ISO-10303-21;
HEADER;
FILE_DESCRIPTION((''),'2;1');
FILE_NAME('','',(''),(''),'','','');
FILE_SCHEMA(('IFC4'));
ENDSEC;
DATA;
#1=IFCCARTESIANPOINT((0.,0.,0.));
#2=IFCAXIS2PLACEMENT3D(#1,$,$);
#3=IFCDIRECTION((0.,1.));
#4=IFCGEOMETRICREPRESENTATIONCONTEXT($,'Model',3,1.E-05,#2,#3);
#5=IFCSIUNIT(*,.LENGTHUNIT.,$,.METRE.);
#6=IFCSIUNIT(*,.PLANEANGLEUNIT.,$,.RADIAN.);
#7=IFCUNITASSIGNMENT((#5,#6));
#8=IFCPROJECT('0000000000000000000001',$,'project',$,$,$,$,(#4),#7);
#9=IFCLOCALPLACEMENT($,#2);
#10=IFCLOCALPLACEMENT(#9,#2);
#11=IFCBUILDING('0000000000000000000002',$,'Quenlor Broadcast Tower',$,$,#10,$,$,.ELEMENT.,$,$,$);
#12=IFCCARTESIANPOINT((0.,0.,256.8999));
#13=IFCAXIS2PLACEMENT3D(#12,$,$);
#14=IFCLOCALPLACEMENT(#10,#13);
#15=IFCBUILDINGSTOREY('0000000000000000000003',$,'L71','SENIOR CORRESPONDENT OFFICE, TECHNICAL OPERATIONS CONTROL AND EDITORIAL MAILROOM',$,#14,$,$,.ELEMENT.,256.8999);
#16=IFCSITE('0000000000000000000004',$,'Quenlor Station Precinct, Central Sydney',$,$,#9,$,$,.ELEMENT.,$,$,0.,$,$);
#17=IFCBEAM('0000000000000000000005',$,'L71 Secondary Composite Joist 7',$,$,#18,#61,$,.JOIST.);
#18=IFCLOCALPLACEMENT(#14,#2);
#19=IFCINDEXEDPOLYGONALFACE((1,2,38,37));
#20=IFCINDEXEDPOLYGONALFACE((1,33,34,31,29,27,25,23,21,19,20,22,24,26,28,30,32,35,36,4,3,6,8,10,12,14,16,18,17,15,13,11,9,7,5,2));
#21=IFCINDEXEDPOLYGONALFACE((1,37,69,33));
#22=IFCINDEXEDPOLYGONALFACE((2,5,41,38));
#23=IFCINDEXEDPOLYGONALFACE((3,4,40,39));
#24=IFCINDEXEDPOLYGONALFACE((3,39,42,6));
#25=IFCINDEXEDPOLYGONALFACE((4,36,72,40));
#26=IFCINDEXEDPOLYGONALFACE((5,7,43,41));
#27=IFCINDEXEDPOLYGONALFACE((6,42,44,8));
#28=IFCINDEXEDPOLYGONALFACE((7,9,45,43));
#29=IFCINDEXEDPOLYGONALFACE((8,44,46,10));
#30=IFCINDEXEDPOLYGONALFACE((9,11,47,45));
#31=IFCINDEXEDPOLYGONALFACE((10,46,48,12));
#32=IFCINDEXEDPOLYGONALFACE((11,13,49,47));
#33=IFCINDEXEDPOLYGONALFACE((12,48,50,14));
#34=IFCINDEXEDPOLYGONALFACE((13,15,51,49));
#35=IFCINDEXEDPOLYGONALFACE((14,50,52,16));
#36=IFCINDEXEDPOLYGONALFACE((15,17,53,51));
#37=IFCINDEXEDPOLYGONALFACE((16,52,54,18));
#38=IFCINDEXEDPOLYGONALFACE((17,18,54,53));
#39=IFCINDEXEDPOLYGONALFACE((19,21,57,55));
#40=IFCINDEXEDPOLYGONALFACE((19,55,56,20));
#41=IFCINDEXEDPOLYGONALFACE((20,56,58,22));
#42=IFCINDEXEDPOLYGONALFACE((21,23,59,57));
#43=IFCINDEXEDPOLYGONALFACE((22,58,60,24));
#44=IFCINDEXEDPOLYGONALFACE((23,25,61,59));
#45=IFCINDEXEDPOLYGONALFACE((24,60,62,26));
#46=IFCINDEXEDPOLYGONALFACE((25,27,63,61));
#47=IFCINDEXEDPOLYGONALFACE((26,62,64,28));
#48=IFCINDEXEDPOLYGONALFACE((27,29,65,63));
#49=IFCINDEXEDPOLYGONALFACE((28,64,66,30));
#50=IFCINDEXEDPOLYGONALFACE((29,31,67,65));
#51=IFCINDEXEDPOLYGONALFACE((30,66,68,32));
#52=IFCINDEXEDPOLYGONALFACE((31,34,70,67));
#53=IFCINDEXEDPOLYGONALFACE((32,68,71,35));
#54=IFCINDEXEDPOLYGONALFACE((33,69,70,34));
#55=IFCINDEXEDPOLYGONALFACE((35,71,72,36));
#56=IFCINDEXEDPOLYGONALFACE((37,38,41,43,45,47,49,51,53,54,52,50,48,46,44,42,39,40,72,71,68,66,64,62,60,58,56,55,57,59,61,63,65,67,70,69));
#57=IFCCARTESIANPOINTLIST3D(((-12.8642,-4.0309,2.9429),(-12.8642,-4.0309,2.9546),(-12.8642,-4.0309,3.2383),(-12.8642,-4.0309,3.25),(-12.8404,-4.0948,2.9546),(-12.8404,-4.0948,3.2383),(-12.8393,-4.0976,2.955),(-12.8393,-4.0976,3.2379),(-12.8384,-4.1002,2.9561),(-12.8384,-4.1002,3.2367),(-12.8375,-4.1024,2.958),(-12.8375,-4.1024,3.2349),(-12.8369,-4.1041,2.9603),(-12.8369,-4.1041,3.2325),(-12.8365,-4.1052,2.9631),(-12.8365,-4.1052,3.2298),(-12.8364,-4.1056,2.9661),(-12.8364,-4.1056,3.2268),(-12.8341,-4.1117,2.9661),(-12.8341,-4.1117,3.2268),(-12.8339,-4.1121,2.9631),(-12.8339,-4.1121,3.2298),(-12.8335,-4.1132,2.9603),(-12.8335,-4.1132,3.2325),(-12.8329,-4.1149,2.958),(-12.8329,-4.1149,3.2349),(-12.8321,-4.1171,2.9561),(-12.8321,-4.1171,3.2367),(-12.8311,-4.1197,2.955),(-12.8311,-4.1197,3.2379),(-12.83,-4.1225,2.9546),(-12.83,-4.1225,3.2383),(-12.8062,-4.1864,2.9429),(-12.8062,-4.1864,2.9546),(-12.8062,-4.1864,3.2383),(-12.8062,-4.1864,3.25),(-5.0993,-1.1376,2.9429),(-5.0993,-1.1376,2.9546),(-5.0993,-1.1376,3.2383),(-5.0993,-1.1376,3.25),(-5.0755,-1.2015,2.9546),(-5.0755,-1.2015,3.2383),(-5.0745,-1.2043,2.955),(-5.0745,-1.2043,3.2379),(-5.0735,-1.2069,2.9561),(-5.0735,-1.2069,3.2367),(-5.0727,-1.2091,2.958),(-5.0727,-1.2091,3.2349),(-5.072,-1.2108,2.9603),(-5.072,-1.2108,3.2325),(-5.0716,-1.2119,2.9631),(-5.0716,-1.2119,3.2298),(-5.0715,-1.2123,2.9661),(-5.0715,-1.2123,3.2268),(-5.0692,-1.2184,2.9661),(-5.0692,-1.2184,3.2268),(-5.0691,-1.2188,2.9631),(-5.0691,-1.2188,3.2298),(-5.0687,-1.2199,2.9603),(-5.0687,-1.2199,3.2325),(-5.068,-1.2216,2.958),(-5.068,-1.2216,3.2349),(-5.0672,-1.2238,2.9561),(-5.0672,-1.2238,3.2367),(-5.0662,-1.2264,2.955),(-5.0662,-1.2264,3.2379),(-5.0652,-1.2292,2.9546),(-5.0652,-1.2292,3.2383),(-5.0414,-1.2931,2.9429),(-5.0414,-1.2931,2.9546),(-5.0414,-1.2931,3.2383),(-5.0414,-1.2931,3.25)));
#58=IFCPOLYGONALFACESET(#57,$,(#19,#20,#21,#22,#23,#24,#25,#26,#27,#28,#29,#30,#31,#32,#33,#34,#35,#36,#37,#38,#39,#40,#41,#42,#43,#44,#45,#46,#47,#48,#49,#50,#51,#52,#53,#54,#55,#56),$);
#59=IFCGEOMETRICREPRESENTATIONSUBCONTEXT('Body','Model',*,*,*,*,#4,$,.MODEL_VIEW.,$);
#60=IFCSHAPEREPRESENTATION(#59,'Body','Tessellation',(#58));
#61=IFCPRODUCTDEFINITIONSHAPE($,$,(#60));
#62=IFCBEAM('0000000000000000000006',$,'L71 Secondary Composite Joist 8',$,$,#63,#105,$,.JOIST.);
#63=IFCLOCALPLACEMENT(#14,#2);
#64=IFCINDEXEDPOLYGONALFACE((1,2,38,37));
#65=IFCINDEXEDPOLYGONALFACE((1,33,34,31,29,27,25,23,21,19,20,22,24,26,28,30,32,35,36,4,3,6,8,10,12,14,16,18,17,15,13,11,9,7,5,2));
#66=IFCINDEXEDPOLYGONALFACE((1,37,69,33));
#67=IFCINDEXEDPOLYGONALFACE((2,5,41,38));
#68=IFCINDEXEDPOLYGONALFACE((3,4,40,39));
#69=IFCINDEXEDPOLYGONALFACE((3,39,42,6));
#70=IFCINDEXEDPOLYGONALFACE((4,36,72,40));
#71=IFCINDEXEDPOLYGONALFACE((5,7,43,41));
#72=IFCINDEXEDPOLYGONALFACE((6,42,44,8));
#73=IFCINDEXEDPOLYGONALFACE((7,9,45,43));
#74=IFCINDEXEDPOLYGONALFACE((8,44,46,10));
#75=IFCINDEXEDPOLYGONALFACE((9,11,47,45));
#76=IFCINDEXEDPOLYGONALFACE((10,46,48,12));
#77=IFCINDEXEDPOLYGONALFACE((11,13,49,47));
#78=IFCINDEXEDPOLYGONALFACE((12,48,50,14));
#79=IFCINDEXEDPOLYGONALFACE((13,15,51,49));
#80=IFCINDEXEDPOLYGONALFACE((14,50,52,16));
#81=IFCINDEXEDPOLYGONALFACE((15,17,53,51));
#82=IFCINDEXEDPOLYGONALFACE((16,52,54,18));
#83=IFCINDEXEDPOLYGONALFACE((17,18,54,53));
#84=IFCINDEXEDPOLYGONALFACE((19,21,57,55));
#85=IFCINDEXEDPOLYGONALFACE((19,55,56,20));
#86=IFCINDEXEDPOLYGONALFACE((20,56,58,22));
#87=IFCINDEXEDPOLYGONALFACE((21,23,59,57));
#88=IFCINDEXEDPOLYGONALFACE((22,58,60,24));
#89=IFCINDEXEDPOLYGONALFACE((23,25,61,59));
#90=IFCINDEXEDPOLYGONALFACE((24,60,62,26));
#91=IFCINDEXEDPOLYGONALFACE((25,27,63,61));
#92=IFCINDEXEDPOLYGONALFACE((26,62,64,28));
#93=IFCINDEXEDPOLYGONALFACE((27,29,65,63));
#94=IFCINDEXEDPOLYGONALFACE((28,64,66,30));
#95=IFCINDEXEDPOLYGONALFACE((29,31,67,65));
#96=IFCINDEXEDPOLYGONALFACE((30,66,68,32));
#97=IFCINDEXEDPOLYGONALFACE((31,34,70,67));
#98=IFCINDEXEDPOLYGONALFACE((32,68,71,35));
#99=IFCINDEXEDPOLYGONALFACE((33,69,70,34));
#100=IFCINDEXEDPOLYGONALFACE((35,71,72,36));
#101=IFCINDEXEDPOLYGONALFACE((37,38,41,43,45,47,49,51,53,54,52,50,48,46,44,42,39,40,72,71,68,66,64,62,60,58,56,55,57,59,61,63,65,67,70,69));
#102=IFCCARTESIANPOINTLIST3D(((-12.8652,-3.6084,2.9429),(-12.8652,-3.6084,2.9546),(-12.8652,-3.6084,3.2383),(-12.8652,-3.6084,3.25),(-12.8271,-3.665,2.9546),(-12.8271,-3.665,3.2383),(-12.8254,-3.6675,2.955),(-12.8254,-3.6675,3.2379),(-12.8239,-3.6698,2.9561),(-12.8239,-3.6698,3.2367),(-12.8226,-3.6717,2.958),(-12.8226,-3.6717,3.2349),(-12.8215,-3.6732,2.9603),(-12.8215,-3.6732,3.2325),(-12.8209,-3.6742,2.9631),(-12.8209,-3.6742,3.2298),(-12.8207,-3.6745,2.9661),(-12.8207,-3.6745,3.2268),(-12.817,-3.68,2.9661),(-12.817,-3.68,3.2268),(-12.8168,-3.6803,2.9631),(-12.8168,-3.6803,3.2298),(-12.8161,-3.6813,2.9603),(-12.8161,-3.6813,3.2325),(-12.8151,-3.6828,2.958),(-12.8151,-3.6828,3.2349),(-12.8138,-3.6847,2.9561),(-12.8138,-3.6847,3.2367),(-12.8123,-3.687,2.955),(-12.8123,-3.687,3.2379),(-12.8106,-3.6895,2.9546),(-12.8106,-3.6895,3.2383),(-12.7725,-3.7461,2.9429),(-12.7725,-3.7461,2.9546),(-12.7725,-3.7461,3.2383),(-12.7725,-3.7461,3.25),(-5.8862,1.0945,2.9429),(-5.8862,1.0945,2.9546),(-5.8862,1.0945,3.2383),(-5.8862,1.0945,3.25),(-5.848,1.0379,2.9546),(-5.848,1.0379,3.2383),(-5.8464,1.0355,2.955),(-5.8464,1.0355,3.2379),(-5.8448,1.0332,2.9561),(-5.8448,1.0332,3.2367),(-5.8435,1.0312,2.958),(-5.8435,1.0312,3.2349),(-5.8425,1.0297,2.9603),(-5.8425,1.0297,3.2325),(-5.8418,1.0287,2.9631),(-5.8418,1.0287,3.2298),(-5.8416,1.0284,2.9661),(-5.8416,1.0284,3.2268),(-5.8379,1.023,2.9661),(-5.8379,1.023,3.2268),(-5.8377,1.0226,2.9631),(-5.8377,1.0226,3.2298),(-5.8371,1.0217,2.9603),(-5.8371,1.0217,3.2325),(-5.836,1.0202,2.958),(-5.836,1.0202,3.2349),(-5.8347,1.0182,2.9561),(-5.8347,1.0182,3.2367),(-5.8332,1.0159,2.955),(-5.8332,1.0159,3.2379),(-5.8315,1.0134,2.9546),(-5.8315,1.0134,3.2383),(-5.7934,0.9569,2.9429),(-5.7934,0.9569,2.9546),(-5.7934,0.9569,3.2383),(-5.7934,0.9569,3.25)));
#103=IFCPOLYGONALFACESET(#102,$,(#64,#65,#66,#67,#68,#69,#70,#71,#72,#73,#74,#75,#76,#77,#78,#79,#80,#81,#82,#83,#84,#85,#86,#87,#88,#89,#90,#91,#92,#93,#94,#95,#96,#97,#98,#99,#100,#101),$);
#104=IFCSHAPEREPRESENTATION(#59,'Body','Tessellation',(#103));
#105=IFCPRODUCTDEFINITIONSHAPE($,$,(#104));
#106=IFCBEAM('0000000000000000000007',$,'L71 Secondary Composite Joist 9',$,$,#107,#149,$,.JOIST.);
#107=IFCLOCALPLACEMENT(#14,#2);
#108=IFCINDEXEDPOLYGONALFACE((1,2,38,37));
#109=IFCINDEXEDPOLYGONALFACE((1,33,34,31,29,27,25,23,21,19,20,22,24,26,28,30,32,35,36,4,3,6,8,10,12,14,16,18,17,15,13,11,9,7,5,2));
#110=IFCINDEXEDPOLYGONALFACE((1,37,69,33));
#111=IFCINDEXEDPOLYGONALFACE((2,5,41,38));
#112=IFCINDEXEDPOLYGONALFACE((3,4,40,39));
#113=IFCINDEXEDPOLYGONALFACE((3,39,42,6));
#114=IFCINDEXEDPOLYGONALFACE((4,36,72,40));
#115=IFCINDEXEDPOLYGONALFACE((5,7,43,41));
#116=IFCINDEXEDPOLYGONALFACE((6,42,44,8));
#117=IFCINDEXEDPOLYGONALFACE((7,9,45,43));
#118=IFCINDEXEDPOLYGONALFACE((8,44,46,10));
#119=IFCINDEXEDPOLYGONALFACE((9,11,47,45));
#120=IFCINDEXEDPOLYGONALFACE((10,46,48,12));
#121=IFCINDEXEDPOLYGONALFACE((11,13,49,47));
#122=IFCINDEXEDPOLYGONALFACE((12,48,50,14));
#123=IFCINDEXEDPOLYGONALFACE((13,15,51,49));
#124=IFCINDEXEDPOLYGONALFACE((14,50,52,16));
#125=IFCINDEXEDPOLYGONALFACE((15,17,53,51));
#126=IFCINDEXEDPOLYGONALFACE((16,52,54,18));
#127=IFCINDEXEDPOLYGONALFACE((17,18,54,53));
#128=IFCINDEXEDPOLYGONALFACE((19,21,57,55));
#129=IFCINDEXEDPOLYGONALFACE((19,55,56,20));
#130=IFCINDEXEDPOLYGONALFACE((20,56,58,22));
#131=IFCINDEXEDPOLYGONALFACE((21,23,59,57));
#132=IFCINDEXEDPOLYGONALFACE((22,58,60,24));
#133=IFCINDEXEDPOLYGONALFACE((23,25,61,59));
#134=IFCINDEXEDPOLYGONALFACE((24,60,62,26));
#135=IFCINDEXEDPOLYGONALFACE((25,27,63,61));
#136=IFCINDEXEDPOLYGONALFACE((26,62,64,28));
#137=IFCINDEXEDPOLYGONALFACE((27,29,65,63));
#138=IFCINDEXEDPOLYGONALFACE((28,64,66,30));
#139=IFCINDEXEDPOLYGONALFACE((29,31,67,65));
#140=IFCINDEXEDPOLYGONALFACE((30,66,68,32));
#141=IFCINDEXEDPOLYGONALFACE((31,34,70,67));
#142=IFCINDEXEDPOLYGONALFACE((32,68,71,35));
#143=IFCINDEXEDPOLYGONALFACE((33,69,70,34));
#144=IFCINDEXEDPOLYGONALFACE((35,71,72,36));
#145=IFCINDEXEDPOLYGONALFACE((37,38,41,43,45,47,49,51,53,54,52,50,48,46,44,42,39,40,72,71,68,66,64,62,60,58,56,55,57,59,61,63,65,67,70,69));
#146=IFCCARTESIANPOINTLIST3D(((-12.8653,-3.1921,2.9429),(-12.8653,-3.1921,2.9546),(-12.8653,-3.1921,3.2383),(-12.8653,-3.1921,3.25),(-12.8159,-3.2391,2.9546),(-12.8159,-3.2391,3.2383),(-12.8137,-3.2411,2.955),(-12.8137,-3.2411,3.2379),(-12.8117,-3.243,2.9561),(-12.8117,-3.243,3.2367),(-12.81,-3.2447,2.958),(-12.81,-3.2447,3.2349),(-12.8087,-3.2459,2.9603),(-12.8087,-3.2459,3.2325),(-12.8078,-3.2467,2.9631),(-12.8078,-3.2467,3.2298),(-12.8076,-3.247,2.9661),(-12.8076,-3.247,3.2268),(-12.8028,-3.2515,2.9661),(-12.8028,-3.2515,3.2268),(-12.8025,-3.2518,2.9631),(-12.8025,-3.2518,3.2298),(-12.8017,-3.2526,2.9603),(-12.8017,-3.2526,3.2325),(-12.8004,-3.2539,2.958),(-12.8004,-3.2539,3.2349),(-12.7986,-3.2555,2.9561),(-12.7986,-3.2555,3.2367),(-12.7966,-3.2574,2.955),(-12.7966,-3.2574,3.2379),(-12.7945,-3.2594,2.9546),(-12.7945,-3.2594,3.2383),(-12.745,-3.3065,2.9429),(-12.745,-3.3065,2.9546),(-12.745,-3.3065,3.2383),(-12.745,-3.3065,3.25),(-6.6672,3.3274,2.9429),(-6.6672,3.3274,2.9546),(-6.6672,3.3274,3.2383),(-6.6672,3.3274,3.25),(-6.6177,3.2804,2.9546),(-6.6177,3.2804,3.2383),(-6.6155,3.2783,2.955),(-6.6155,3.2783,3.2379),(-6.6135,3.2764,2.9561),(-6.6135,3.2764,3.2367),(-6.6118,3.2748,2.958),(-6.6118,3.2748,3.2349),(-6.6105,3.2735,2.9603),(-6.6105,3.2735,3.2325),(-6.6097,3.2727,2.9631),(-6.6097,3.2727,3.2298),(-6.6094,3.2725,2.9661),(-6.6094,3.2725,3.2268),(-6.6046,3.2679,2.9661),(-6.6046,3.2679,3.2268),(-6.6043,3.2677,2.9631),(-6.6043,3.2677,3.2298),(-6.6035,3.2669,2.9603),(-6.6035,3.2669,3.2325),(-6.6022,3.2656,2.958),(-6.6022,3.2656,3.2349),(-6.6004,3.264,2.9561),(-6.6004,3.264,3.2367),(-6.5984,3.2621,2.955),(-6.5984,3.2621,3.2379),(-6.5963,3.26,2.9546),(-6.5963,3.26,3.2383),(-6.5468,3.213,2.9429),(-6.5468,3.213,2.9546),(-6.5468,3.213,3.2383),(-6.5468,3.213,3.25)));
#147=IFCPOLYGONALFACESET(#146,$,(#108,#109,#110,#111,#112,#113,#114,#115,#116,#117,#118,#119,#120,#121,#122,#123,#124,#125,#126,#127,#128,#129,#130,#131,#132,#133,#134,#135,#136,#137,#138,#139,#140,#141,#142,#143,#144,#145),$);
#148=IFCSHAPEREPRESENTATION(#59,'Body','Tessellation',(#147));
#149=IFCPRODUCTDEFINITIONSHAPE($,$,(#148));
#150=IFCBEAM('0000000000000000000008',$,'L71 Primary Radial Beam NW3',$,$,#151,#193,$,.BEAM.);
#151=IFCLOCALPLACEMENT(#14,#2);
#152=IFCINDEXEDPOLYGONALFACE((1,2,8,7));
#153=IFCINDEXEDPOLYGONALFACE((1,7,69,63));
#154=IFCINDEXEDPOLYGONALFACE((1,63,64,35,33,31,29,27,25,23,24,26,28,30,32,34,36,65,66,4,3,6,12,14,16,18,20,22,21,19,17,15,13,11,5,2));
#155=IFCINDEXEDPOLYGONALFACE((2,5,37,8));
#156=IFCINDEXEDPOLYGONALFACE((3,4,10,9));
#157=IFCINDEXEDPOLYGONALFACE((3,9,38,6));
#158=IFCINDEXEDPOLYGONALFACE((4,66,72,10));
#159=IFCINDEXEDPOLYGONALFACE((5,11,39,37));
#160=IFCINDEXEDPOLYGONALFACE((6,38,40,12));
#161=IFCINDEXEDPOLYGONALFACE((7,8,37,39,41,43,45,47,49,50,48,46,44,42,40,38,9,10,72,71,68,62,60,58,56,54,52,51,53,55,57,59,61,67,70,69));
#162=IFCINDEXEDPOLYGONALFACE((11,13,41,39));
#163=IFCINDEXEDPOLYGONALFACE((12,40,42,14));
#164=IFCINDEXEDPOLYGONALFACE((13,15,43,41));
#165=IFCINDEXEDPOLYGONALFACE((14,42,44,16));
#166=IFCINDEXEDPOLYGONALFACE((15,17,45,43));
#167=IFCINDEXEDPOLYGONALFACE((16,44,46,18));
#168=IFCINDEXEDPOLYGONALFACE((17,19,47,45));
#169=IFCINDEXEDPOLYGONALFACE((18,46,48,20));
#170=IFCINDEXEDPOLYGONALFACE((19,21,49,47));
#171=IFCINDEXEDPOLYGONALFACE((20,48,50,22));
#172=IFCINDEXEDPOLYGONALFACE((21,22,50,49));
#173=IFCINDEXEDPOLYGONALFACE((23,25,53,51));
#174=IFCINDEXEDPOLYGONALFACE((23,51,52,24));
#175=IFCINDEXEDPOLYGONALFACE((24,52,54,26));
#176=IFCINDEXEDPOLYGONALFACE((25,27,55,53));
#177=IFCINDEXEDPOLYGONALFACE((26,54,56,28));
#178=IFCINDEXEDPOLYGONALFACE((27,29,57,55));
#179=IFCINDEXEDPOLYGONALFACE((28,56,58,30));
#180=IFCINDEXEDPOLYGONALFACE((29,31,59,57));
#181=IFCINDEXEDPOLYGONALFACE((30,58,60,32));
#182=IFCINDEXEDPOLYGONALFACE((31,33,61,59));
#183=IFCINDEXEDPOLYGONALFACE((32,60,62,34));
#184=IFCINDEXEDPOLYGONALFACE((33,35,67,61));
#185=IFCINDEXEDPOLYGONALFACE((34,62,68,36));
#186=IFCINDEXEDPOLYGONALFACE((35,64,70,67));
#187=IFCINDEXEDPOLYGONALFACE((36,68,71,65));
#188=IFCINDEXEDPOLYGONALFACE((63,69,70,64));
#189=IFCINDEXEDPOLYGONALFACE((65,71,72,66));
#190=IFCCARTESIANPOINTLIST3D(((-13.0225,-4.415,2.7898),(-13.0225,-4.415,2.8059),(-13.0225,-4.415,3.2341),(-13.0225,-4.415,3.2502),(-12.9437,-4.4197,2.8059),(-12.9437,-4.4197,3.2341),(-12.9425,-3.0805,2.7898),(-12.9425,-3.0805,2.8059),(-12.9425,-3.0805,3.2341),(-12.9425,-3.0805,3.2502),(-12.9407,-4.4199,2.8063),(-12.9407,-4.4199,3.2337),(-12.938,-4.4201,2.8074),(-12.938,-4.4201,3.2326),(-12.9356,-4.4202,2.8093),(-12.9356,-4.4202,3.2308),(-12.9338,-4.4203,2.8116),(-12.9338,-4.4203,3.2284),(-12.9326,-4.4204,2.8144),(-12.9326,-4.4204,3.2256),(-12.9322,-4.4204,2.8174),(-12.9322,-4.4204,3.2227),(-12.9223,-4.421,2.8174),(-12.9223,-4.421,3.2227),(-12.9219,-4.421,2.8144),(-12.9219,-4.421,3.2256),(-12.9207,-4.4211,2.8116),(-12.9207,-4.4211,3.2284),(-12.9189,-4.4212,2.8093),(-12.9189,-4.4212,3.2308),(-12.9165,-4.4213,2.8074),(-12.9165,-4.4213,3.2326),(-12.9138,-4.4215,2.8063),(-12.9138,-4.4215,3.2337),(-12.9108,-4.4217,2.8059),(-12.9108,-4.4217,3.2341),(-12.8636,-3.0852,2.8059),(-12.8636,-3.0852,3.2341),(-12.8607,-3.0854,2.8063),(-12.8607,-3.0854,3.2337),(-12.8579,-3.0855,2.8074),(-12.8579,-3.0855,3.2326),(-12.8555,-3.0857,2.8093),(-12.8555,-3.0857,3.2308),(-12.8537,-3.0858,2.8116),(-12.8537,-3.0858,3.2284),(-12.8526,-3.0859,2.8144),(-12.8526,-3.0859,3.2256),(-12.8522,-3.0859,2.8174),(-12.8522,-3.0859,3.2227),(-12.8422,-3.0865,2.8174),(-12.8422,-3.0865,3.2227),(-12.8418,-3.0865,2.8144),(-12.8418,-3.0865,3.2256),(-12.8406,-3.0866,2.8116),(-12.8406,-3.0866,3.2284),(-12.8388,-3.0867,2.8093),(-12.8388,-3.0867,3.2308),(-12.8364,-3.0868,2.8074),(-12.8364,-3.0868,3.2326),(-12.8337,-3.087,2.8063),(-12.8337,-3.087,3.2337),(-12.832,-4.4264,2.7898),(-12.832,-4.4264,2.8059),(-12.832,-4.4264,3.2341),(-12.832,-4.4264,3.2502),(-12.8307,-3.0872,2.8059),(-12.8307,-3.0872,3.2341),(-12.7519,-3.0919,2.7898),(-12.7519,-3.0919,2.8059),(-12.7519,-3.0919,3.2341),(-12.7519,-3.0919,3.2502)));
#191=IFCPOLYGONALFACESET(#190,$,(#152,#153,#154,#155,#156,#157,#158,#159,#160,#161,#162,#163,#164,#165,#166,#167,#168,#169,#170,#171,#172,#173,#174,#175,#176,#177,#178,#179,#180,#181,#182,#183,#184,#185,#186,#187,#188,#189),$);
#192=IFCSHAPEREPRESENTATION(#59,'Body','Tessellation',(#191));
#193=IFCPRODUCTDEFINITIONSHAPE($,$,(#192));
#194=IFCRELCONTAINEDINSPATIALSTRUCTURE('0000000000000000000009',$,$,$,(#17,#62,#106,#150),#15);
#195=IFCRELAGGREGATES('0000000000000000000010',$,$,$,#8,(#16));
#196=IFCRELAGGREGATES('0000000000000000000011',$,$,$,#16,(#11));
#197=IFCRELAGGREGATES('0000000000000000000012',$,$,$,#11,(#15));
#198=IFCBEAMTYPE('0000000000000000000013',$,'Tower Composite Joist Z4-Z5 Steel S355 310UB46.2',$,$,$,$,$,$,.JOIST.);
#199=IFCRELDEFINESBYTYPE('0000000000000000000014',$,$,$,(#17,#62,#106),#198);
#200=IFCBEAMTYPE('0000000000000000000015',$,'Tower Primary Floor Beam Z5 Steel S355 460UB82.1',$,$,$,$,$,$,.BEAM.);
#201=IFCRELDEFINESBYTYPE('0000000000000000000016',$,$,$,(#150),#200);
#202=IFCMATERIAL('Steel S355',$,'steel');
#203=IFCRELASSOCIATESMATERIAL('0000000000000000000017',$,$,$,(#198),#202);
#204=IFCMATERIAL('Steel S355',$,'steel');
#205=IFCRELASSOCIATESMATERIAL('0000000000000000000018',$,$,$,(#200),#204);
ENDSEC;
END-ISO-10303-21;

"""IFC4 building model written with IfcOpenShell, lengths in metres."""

from ifc_helpers import new_model, si_unit, direction, frame, origin, origin_2d, place, context, subcontext, project, spatial, i_section, extrude, material, material_profile, profile_set, type_object, element, save


model = new_model("IFC4")

# Units and contexts
model_context = context("Model", 3, precision=1e-05, world=origin(), true_north=direction((0.0, 1.0)))
body_context = subcontext(model_context, "Body", "Model", "MODEL_VIEW")
ifc_project = project(units=[si_unit("LENGTHUNIT", "METRE"), si_unit("PLANEANGLEUNIT", "RADIAN")], contexts=[model_context])

# Site, building, storey
site_placement = place(None, origin())
site = spatial("IfcSite", under=ifc_project, at=site_placement, Name="Quenlor Station Precinct, Central Sydney", CompositionType="ELEMENT", RefElevation=0.0)
building_placement = place(site_placement, origin())
building = spatial("IfcBuilding", under=site, at=building_placement, Name="Quenlor Broadcast Tower", CompositionType="ELEMENT")
storey_placement = place(building_placement, frame((0.0, 0.0, 256.8999)))
storey = spatial("IfcBuildingStorey", under=building, at=storey_placement, Name="L71", Description="SENIOR CORRESPONDENT OFFICE, TECHNICAL OPERATIONS CONTROL AND EDITORIAL MAILROOM", CompositionType="ELEMENT", Elevation=256.8999)

# Beams
ifc_material_1 = material(Name="Steel S355", Category="steel")
ifc_material_profile_1 = material_profile(ifc_material_1, i_section(OverallWidth=0.166, OverallDepth=0.3071, WebThickness=0.0066, FlangeThickness=0.0117, FilletRadius=0.0115, at=origin_2d()))
ifc_profile_set_1 = profile_set([ifc_material_profile_1], Name="Steel S355 310UB46.2")
beam_type_1 = type_object("IfcBeamType", Name="Tower Composite Joist Z4-Z5 Steel S355 310UB46.2", PredefinedType="JOIST", material=ifc_profile_set_1)
beam_1_placement = place(storey_placement, frame((-12.8352, -4.1086, 3.0964), z_axis=(0.937062, 0.349163, 0.0), x_axis=(-0.349163, 0.937062, 0.0)))
element("IfcBeam", 1, at=beam_1_placement, inside=storey, type_object=beam_type_1, Name="L71 Secondary Composite Joist 7", PredefinedType="JOIST", context=body_context, shape_type="SweptSolid", body=[
    extrude(i_section(OverallWidth=0.166, OverallDepth=0.3071, WebThickness=0.0066, FlangeThickness=0.0117, FilletRadius=0.0115, at=origin_2d()), origin(), (0.0, 0.0, 1.0), 8.2864),
])
beam_2_placement = place(storey_placement, frame((-12.8188, -3.6772, 3.0964), z_axis=(0.829286, 0.558824, 0.0), x_axis=(-0.558824, 0.829286, 0.0)))
element("IfcBeam", 2, at=beam_2_placement, inside=storey, type_object=beam_type_1, Name="L71 Secondary Composite Joist 8", PredefinedType="JOIST", context=body_context, shape_type="SweptSolid", body=[
    extrude(i_section(OverallWidth=0.166, OverallDepth=0.3071, WebThickness=0.0066, FlangeThickness=0.0117, FilletRadius=0.0115, at=origin_2d()), origin(), (0.0, 0.0, 1.0), 8.4158),
])
beam_3_placement = place(storey_placement, frame((-12.8052, -3.2493, 3.0964), z_axis=(0.689023, 0.724739, 0.0), x_axis=(-0.724739, 0.689023, 0.0)))
element("IfcBeam", 3, at=beam_3_placement, inside=storey, type_object=beam_type_1, Name="L71 Secondary Composite Joist 9", PredefinedType="JOIST", context=body_context, shape_type="SweptSolid", body=[
    extrude(i_section(OverallWidth=0.166, OverallDepth=0.3071, WebThickness=0.0066, FlangeThickness=0.0117, FilletRadius=0.0115, at=origin_2d()), origin(), (0.0, 0.0, 1.0), 8.9956),
])
ifc_material_2 = material(Name="Steel S355", Category="steel")
ifc_material_profile_2 = material_profile(ifc_material_2, i_section(OverallWidth=0.1909, OverallDepth=0.4604, WebThickness=0.01, FlangeThickness=0.0161, FilletRadius=0.0115, at=origin_2d()))
ifc_profile_set_2 = profile_set([ifc_material_profile_2], Name="Steel S355 460UB82.1")
beam_type_2 = type_object("IfcBeamType", Name="Tower Primary Floor Beam Z5 Steel S355 460UB82.1", PredefinedType="BEAM", material=ifc_profile_set_2)
beam_4_placement = place(storey_placement, frame((-12.8472, -3.0862, 3.02), z_axis=(-0.0599, -0.998204, 0.0), x_axis=(0.998204, -0.0599, 0.0)))
element("IfcBeam", 4, at=beam_4_placement, inside=storey, type_object=beam_type_2, Name="L71 Primary Radial Beam NW3", PredefinedType="BEAM", context=body_context, shape_type="SweptSolid", body=[
    extrude(i_section(OverallWidth=0.1909, OverallDepth=0.4604, WebThickness=0.01, FlangeThickness=0.0161, FilletRadius=0.0115, at=origin_2d()), origin(), (0.0, 0.0, 1.0), 1.3369),
])

save(model, "model.ifc")
